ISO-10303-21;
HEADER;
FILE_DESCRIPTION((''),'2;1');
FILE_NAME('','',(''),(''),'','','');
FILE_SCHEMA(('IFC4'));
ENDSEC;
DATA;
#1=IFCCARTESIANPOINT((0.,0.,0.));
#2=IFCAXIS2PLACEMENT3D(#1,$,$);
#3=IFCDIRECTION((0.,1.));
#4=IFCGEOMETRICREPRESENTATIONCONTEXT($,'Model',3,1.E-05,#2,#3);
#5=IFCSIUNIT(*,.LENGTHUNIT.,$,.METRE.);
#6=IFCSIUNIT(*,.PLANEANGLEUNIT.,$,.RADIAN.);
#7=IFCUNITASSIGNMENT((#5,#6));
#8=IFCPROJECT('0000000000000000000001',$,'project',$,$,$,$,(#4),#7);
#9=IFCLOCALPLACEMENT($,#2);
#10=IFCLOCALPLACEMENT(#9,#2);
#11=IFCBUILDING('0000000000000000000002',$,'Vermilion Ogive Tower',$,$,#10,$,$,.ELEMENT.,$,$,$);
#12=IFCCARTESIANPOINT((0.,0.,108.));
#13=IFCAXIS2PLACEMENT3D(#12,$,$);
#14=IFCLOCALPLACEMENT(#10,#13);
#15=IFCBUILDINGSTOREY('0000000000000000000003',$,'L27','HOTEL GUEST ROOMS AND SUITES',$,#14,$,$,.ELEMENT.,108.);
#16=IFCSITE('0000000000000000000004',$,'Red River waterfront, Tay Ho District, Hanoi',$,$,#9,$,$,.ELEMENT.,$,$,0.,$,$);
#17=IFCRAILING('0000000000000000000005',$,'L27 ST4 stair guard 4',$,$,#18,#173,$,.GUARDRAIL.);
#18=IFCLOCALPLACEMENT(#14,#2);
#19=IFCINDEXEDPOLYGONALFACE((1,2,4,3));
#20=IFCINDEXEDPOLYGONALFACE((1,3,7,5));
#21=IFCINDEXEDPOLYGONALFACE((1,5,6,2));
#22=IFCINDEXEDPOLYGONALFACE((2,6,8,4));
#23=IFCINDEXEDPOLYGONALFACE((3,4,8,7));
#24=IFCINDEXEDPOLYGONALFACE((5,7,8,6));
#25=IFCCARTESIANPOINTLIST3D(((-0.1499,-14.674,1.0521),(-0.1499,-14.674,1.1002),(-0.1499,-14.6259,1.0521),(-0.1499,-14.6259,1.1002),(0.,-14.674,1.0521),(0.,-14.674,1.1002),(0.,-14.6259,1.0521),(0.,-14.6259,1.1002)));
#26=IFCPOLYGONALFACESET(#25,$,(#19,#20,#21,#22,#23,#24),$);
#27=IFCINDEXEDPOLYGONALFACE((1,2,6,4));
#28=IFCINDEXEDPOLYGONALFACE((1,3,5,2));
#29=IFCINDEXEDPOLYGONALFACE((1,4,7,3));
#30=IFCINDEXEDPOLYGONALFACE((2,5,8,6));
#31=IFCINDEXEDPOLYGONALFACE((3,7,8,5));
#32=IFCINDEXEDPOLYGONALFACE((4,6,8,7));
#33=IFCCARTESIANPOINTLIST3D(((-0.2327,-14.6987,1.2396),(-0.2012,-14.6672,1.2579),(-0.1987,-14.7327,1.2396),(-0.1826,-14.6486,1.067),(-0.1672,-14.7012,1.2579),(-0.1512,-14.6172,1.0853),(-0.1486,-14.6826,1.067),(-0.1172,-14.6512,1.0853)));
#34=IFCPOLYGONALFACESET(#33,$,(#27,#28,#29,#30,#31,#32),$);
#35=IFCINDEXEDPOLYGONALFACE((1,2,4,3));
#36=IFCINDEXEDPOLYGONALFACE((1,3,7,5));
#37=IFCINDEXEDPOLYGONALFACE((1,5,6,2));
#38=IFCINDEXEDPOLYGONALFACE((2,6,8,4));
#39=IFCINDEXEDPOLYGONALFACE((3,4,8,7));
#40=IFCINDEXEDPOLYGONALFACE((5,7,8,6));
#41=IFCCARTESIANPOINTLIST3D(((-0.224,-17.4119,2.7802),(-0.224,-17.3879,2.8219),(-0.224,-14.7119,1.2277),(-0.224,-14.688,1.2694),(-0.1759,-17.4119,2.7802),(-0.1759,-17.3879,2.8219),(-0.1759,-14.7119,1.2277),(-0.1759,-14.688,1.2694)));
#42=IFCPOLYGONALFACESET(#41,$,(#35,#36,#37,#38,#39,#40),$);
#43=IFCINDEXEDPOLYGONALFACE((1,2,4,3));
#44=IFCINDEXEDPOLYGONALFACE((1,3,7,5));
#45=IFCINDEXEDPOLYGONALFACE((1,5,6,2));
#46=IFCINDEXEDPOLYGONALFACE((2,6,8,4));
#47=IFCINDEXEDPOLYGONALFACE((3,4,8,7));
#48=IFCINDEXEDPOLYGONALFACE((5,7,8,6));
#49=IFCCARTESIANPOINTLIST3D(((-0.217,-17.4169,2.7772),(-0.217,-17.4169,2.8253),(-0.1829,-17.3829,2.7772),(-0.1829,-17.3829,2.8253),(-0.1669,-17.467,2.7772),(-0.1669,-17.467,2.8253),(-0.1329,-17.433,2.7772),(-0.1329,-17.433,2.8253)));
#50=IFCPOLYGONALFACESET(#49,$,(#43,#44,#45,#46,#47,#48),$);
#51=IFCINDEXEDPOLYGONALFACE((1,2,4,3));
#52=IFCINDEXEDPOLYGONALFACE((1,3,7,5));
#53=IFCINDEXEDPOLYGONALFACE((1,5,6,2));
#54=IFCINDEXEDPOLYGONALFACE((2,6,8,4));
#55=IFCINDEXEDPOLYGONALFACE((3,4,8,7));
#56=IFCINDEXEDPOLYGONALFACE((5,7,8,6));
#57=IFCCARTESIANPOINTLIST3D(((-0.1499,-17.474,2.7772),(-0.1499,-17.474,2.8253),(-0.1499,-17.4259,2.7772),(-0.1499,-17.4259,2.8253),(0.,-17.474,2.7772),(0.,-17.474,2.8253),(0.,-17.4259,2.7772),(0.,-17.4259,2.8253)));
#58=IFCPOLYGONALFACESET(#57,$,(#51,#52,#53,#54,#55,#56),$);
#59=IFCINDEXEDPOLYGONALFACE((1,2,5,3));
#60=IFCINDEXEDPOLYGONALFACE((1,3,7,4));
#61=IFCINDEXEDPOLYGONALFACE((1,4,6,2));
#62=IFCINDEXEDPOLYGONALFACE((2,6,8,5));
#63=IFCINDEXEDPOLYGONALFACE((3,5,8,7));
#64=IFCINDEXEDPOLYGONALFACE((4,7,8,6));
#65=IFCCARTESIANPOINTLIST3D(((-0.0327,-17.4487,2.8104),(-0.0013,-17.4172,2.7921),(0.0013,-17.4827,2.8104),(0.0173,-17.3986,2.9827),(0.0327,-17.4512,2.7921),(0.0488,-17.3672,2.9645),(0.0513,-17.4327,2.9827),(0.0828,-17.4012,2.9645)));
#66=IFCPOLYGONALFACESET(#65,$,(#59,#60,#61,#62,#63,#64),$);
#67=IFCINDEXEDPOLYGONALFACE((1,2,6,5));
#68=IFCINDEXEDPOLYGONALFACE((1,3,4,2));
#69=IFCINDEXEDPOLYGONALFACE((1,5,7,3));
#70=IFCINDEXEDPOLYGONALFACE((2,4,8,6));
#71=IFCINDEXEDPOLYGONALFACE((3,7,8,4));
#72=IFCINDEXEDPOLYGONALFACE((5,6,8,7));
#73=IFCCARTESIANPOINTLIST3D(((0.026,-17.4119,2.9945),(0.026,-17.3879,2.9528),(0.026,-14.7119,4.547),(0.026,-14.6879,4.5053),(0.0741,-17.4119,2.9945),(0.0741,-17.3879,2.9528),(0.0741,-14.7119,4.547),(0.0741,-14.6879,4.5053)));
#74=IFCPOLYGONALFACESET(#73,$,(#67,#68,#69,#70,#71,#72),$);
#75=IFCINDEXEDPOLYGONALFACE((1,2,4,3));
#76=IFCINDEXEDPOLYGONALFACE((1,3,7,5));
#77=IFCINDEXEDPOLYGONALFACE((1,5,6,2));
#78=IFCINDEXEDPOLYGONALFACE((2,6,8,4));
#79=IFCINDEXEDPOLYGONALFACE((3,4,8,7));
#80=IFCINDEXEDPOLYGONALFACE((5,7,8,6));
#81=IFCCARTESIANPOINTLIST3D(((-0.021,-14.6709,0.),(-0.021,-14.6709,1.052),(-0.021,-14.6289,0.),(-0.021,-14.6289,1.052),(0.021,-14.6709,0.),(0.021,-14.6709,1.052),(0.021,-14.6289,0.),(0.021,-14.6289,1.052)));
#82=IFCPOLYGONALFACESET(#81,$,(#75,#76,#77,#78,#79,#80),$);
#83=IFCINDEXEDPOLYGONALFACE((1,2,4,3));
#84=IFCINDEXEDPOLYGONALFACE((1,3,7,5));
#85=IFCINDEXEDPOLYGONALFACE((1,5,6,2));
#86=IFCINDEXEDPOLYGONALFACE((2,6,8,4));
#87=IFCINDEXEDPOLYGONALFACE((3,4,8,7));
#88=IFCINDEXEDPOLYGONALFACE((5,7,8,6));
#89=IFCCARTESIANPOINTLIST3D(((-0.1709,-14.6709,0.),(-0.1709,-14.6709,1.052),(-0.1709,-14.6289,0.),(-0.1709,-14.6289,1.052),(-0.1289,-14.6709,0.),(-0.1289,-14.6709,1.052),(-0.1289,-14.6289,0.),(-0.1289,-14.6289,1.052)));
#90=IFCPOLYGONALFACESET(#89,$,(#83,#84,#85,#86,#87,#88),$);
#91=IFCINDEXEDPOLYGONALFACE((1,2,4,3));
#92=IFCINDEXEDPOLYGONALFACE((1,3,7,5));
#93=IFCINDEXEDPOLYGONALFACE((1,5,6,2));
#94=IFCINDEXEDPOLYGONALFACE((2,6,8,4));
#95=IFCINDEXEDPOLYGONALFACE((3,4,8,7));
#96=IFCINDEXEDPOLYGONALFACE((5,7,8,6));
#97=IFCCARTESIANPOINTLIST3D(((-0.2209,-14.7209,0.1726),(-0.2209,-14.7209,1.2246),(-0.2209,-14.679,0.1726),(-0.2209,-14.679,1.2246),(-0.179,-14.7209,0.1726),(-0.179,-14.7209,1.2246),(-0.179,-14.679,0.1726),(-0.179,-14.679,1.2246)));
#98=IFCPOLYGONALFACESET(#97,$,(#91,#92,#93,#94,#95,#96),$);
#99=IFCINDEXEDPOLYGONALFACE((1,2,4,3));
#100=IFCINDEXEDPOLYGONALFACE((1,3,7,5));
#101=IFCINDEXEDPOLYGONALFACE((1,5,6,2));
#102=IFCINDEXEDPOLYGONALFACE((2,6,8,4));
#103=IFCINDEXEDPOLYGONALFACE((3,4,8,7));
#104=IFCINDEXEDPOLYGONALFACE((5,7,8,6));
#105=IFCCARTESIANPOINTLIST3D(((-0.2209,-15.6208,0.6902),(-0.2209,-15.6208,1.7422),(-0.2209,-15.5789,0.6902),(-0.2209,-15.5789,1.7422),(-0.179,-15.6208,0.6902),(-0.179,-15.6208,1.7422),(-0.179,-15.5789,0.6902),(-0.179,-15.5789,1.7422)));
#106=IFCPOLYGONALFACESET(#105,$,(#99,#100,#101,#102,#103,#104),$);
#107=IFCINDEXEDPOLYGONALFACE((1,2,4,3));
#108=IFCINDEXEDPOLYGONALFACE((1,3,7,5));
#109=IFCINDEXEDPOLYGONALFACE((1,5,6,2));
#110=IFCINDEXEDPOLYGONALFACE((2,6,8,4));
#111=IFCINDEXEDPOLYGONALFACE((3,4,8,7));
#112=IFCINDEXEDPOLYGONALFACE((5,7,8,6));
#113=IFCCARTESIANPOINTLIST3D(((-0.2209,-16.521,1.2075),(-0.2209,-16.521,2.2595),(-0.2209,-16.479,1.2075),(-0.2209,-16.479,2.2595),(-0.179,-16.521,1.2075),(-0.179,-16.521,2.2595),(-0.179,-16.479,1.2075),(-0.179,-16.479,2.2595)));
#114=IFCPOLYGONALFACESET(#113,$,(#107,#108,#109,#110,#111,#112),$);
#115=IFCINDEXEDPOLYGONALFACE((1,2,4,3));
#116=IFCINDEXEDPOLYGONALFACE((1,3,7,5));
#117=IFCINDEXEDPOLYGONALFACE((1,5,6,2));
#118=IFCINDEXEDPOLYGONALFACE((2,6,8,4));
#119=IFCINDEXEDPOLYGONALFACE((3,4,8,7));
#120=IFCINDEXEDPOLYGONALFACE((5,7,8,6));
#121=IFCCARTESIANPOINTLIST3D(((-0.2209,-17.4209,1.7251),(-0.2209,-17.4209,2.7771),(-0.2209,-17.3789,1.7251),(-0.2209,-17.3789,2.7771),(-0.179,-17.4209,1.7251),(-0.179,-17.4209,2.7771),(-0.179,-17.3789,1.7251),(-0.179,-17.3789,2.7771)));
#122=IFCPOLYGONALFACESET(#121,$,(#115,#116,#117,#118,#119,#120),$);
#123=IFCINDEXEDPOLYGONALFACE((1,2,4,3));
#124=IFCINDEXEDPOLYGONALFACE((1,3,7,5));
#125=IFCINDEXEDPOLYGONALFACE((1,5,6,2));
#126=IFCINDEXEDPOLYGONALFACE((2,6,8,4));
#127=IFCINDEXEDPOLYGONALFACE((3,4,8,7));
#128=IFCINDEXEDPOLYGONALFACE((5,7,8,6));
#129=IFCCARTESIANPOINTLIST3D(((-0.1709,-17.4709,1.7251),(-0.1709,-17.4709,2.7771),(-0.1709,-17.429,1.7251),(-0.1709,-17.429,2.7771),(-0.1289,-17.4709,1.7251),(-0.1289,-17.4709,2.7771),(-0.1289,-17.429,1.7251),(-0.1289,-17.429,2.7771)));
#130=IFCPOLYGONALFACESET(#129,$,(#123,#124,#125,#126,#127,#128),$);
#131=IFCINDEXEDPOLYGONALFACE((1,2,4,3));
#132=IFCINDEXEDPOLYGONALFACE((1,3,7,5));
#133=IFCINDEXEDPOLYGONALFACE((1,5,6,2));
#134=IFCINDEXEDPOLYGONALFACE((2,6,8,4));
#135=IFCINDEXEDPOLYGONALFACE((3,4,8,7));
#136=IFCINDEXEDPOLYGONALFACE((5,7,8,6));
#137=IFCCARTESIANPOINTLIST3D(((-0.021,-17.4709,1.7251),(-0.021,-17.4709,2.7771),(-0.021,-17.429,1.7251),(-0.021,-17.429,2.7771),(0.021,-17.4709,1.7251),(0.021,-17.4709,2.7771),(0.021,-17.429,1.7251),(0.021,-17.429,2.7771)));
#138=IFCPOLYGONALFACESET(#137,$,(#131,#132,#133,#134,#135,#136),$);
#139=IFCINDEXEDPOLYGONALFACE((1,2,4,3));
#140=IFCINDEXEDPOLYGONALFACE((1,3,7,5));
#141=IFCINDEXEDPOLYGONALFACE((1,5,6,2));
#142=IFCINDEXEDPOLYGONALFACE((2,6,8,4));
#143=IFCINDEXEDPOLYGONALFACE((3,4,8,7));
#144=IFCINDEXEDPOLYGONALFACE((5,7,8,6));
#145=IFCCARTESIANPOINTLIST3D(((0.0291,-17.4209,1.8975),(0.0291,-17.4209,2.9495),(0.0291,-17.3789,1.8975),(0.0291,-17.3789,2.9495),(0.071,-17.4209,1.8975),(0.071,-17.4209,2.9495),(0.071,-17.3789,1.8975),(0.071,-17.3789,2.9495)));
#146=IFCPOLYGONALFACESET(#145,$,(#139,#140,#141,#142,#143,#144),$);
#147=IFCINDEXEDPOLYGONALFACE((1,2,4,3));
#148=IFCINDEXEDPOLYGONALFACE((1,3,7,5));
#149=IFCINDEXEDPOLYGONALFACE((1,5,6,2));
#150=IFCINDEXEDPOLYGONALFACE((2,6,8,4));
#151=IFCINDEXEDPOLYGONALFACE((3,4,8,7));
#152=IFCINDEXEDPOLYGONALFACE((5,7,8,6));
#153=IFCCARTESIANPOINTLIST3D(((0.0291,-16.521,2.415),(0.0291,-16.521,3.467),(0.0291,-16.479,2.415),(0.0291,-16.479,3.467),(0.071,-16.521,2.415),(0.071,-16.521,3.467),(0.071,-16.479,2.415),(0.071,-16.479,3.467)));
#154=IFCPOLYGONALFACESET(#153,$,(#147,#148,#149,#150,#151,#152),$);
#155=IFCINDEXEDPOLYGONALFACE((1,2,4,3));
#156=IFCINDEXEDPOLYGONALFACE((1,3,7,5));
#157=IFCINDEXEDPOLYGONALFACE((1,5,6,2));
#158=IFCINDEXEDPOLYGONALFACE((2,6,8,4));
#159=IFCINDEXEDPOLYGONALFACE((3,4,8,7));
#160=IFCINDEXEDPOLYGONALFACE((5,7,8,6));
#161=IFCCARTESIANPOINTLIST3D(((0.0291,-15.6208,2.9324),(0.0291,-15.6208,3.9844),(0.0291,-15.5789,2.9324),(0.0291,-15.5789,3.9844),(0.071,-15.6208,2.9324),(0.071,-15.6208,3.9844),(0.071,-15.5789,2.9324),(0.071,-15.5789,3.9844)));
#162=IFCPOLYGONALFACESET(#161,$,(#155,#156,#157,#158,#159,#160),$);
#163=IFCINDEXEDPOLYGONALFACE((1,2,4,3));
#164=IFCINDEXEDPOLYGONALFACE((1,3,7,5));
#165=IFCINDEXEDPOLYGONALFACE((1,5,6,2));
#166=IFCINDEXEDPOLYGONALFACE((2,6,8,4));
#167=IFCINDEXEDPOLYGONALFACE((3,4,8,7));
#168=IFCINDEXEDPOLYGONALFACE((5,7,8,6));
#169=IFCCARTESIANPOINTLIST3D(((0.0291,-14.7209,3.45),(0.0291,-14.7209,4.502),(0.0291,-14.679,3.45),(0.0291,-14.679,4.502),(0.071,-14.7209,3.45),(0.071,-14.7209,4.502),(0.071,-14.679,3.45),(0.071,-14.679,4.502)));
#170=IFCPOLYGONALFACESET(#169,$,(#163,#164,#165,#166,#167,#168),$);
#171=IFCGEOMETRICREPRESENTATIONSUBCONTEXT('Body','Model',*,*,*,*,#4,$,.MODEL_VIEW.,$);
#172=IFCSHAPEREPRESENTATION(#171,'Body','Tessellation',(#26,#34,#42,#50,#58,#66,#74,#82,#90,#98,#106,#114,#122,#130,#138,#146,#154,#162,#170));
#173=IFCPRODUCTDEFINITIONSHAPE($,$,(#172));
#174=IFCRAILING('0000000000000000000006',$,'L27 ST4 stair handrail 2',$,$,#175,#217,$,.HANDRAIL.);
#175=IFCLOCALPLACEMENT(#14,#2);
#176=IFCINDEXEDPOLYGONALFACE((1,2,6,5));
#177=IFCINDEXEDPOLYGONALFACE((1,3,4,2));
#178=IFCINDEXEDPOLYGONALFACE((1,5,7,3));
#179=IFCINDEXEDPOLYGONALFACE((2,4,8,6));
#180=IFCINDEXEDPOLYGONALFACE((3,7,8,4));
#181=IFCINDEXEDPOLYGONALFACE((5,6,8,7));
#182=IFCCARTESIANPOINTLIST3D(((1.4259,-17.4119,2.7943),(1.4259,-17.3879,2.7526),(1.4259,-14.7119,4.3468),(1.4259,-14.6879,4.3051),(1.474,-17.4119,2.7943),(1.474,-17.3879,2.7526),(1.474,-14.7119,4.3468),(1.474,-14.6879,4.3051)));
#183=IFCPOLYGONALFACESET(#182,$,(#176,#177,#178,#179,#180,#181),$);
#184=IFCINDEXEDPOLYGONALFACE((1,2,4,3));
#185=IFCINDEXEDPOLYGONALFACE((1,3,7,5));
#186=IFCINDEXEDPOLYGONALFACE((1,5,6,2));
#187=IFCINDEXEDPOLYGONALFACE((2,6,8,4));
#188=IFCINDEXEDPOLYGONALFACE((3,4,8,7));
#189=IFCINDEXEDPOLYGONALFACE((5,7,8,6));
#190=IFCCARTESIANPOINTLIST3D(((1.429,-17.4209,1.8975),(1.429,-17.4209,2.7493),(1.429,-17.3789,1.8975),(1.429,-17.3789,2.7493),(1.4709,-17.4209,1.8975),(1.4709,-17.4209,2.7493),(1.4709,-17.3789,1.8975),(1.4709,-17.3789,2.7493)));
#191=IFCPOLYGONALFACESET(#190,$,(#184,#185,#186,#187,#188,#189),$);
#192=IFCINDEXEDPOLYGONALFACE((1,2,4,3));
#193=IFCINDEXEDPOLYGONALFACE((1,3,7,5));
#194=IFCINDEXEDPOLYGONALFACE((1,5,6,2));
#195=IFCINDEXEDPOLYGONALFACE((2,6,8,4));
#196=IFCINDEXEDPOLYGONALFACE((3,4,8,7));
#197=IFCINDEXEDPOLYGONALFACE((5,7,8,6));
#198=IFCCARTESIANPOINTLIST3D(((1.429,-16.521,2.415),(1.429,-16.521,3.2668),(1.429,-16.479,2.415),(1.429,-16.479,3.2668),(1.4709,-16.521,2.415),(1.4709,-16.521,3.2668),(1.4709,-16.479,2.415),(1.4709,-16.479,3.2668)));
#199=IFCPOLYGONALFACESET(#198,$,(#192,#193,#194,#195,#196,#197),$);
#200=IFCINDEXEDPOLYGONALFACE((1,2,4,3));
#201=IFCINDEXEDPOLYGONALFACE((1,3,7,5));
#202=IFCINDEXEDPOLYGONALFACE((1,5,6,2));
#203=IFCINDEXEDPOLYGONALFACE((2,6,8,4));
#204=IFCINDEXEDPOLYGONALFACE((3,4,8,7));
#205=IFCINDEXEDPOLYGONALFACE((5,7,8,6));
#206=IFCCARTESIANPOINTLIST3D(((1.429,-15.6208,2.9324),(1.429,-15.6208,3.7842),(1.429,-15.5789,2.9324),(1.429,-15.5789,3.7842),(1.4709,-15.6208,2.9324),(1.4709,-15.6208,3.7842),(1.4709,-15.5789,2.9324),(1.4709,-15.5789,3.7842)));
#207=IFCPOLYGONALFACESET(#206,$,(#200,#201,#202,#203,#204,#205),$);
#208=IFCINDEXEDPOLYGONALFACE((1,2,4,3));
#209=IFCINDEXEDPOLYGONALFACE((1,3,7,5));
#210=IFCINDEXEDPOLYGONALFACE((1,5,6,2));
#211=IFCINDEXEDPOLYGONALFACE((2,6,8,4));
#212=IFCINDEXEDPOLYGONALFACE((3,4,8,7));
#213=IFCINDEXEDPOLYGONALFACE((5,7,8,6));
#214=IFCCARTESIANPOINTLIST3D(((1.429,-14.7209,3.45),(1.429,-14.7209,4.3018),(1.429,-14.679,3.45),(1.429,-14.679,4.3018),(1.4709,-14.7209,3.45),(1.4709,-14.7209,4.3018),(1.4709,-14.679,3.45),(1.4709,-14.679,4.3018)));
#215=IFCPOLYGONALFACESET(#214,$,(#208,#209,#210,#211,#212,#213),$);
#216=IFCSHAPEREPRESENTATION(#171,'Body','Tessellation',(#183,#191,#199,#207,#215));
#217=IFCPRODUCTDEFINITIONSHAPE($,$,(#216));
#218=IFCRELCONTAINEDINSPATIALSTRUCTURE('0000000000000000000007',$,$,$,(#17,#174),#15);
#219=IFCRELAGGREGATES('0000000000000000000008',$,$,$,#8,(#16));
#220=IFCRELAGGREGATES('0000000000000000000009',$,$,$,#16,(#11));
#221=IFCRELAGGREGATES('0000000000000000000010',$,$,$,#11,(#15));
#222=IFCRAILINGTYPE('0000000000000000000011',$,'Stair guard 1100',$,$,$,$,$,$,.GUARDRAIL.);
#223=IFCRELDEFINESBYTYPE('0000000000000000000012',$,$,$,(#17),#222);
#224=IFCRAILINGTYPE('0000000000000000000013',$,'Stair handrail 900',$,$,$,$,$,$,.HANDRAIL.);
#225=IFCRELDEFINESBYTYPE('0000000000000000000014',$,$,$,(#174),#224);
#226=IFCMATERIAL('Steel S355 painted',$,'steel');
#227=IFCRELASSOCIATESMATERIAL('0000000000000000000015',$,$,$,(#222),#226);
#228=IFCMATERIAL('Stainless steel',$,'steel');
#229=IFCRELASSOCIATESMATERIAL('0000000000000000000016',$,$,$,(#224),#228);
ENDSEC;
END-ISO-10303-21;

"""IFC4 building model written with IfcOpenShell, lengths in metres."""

from ifc_helpers import new_model, si_unit, direction, frame, origin, origin_2d, place, context, subcontext, project, spatial, rectangle, extrude, material, type_object, element, save


model = new_model("IFC4")

# Units and contexts
model_context = context("Model", 3, precision=1e-05, world=origin(), true_north=direction((0.0, 1.0)))
body_context = subcontext(model_context, "Body", "Model", "MODEL_VIEW")
ifc_project = project(units=[si_unit("LENGTHUNIT", "METRE"), si_unit("PLANEANGLEUNIT", "RADIAN")], contexts=[model_context])

# Site, building, storey
site_placement = place(None, origin())
site = spatial("IfcSite", under=ifc_project, at=site_placement, Name="Red River waterfront, Tay Ho District, Hanoi", CompositionType="ELEMENT", RefElevation=0.0)
building_placement = place(site_placement, origin())
building = spatial("IfcBuilding", under=site, at=building_placement, Name="Vermilion Ogive Tower", CompositionType="ELEMENT")
storey_placement = place(building_placement, frame((0.0, 0.0, 108.0)))
storey = spatial("IfcBuildingStorey", under=building, at=storey_placement, Name="L27", Description="HOTEL GUEST ROOMS AND SUITES", CompositionType="ELEMENT", Elevation=108.0)

# Railings
ifc_material_1 = material(Name="Steel S355 painted", Category="steel")
railing_type_1 = type_object("IfcRailingType", Name="Stair guard 1100", PredefinedType="GUARDRAIL", material=ifc_material_1)
railing_1_placement = place(storey_placement, frame((0.0, -14.6499, 0.0)))
element("IfcRailing", 1, at=railing_1_placement, inside=storey, type_object=railing_type_1, Name="L27 ST4 stair guard 4", PredefinedType="GUARDRAIL", context=body_context, shape_type="SweptSolid", body=[
    extrude(rectangle(XDim=0.0481, YDim=0.0481, at=origin_2d()), frame((0.0, 0.0, 1.0762), z_axis=(-1.0, 0.0, 0.0), x_axis=(0.0, -1.0, 0.0)), (0.0, 0.0, 1.0), 0.1499),
    extrude(rectangle(XDim=0.0481, YDim=0.0481, at=origin_2d()), frame((-0.1499, 0.0, 1.0762), z_axis=(-0.268278, -0.268278, 0.925232), x_axis=(0.707107, -0.707107, 0.0)), (0.0, 0.0, 1.0), 0.1865),
    extrude(rectangle(XDim=0.0481, YDim=0.0481, at=origin_2d()), frame((-0.2, -0.05, 1.2485), z_axis=(0.0, -0.866904, 0.498476), x_axis=(1.0, 0.0, 0.0)), (0.0, 0.0, 1.0), 3.1145),
    extrude(rectangle(XDim=0.0481, YDim=0.0481, at=origin_2d()), frame((-0.2, -2.75, 2.8013), z_axis=(0.707107, -0.707107, 0.0), x_axis=(0.707107, 0.707107, 0.0)), (0.0, 0.0, 1.0), 0.0708),
    extrude(rectangle(XDim=0.0481, YDim=0.0481, at=origin_2d()), frame((-0.1499, -2.8, 2.8013), z_axis=(1.0, 0.0, 0.0), x_axis=(0.0, 1.0, 0.0)), (0.0, 0.0, 1.0), 0.1499),
    extrude(rectangle(XDim=0.0481, YDim=0.0481, at=origin_2d()), frame((0.0, -2.8, 2.8013), z_axis=(0.268603, 0.268603, 0.925043), x_axis=(-0.707107, 0.707107, 0.0)), (0.0, 0.0, 1.0), 0.1863),
    extrude(rectangle(XDim=0.0481, YDim=0.0481, at=origin_2d()), frame((0.05, -2.75, 2.9736), z_axis=(0.0, 0.866904, 0.498476), x_axis=(-1.0, 0.0, 0.0)), (0.0, 0.0, 1.0), 3.1145),
    extrude(rectangle(XDim=0.042, YDim=0.042, at=origin_2d()), origin(), (0.0, 0.0, 1.0), 1.052),
    extrude(rectangle(XDim=0.042, YDim=0.042, at=origin_2d()), frame((-0.1499, 0.0, 0.0)), (0.0, 0.0, 1.0), 1.052),
    extrude(rectangle(XDim=0.042, YDim=0.042, at=origin_2d()), frame((-0.2, -0.05, 0.1726)), (0.0, 0.0, 1.0), 1.052),
    extrude(rectangle(XDim=0.042, YDim=0.042, at=origin_2d()), frame((-0.2, -0.95, 0.6902)), (0.0, 0.0, 1.0), 1.052),
    extrude(rectangle(XDim=0.042, YDim=0.042, at=origin_2d()), frame((-0.2, -1.8501, 1.2075)), (0.0, 0.0, 1.0), 1.052),
    extrude(rectangle(XDim=0.042, YDim=0.042, at=origin_2d()), frame((-0.2, -2.75, 1.7251)), (0.0, 0.0, 1.0), 1.052),
    extrude(rectangle(XDim=0.042, YDim=0.042, at=origin_2d()), frame((-0.1499, -2.8, 1.7251)), (0.0, 0.0, 1.0), 1.052),
    extrude(rectangle(XDim=0.042, YDim=0.042, at=origin_2d()), frame((0.0, -2.8, 1.7251)), (0.0, 0.0, 1.0), 1.052),
    extrude(rectangle(XDim=0.042, YDim=0.042, at=origin_2d()), frame((0.05, -2.75, 1.8975)), (0.0, 0.0, 1.0), 1.052),
    extrude(rectangle(XDim=0.042, YDim=0.042, at=origin_2d()), frame((0.05, -1.8501, 2.415)), (0.0, 0.0, 1.0), 1.052),
    extrude(rectangle(XDim=0.042, YDim=0.042, at=origin_2d()), frame((0.05, -0.95, 2.9324)), (0.0, 0.0, 1.0), 1.052),
    extrude(rectangle(XDim=0.042, YDim=0.042, at=origin_2d()), frame((0.05, -0.05, 3.45)), (0.0, 0.0, 1.0), 1.052),
])
ifc_material_2 = material(Name="Stainless steel", Category="steel")
railing_type_2 = type_object("IfcRailingType", Name="Stair handrail 900", PredefinedType="HANDRAIL", material=ifc_material_2)
railing_2_placement = place(storey_placement, frame((1.45, -17.3999, 1.8975)))
element("IfcRailing", 2, at=railing_2_placement, inside=storey, type_object=railing_type_2, Name="L27 ST4 stair handrail 2", PredefinedType="HANDRAIL", context=body_context, shape_type="SweptSolid", body=[
    extrude(rectangle(XDim=0.0481, YDim=0.0481, at=origin_2d()), frame((0.0, 0.0, 0.876), z_axis=(0.0, 0.866904, 0.498476), x_axis=(-1.0, 0.0, 0.0)), (0.0, 0.0, 1.0), 3.1145),
    extrude(rectangle(XDim=0.042, YDim=0.042, at=origin_2d()), origin(), (0.0, 0.0, 1.0), 0.8518),
    extrude(rectangle(XDim=0.042, YDim=0.042, at=origin_2d()), frame((0.0, 0.8999, 0.5176)), (0.0, 0.0, 1.0), 0.8518),
    extrude(rectangle(XDim=0.042, YDim=0.042, at=origin_2d()), frame((0.0, 1.8, 1.0349)), (0.0, 0.0, 1.0), 0.8518),
    extrude(rectangle(XDim=0.042, YDim=0.042, at=origin_2d()), frame((0.0, 2.7, 1.5525)), (0.0, 0.0, 1.0), 0.8518),
])

save(model, "model.ifc")
